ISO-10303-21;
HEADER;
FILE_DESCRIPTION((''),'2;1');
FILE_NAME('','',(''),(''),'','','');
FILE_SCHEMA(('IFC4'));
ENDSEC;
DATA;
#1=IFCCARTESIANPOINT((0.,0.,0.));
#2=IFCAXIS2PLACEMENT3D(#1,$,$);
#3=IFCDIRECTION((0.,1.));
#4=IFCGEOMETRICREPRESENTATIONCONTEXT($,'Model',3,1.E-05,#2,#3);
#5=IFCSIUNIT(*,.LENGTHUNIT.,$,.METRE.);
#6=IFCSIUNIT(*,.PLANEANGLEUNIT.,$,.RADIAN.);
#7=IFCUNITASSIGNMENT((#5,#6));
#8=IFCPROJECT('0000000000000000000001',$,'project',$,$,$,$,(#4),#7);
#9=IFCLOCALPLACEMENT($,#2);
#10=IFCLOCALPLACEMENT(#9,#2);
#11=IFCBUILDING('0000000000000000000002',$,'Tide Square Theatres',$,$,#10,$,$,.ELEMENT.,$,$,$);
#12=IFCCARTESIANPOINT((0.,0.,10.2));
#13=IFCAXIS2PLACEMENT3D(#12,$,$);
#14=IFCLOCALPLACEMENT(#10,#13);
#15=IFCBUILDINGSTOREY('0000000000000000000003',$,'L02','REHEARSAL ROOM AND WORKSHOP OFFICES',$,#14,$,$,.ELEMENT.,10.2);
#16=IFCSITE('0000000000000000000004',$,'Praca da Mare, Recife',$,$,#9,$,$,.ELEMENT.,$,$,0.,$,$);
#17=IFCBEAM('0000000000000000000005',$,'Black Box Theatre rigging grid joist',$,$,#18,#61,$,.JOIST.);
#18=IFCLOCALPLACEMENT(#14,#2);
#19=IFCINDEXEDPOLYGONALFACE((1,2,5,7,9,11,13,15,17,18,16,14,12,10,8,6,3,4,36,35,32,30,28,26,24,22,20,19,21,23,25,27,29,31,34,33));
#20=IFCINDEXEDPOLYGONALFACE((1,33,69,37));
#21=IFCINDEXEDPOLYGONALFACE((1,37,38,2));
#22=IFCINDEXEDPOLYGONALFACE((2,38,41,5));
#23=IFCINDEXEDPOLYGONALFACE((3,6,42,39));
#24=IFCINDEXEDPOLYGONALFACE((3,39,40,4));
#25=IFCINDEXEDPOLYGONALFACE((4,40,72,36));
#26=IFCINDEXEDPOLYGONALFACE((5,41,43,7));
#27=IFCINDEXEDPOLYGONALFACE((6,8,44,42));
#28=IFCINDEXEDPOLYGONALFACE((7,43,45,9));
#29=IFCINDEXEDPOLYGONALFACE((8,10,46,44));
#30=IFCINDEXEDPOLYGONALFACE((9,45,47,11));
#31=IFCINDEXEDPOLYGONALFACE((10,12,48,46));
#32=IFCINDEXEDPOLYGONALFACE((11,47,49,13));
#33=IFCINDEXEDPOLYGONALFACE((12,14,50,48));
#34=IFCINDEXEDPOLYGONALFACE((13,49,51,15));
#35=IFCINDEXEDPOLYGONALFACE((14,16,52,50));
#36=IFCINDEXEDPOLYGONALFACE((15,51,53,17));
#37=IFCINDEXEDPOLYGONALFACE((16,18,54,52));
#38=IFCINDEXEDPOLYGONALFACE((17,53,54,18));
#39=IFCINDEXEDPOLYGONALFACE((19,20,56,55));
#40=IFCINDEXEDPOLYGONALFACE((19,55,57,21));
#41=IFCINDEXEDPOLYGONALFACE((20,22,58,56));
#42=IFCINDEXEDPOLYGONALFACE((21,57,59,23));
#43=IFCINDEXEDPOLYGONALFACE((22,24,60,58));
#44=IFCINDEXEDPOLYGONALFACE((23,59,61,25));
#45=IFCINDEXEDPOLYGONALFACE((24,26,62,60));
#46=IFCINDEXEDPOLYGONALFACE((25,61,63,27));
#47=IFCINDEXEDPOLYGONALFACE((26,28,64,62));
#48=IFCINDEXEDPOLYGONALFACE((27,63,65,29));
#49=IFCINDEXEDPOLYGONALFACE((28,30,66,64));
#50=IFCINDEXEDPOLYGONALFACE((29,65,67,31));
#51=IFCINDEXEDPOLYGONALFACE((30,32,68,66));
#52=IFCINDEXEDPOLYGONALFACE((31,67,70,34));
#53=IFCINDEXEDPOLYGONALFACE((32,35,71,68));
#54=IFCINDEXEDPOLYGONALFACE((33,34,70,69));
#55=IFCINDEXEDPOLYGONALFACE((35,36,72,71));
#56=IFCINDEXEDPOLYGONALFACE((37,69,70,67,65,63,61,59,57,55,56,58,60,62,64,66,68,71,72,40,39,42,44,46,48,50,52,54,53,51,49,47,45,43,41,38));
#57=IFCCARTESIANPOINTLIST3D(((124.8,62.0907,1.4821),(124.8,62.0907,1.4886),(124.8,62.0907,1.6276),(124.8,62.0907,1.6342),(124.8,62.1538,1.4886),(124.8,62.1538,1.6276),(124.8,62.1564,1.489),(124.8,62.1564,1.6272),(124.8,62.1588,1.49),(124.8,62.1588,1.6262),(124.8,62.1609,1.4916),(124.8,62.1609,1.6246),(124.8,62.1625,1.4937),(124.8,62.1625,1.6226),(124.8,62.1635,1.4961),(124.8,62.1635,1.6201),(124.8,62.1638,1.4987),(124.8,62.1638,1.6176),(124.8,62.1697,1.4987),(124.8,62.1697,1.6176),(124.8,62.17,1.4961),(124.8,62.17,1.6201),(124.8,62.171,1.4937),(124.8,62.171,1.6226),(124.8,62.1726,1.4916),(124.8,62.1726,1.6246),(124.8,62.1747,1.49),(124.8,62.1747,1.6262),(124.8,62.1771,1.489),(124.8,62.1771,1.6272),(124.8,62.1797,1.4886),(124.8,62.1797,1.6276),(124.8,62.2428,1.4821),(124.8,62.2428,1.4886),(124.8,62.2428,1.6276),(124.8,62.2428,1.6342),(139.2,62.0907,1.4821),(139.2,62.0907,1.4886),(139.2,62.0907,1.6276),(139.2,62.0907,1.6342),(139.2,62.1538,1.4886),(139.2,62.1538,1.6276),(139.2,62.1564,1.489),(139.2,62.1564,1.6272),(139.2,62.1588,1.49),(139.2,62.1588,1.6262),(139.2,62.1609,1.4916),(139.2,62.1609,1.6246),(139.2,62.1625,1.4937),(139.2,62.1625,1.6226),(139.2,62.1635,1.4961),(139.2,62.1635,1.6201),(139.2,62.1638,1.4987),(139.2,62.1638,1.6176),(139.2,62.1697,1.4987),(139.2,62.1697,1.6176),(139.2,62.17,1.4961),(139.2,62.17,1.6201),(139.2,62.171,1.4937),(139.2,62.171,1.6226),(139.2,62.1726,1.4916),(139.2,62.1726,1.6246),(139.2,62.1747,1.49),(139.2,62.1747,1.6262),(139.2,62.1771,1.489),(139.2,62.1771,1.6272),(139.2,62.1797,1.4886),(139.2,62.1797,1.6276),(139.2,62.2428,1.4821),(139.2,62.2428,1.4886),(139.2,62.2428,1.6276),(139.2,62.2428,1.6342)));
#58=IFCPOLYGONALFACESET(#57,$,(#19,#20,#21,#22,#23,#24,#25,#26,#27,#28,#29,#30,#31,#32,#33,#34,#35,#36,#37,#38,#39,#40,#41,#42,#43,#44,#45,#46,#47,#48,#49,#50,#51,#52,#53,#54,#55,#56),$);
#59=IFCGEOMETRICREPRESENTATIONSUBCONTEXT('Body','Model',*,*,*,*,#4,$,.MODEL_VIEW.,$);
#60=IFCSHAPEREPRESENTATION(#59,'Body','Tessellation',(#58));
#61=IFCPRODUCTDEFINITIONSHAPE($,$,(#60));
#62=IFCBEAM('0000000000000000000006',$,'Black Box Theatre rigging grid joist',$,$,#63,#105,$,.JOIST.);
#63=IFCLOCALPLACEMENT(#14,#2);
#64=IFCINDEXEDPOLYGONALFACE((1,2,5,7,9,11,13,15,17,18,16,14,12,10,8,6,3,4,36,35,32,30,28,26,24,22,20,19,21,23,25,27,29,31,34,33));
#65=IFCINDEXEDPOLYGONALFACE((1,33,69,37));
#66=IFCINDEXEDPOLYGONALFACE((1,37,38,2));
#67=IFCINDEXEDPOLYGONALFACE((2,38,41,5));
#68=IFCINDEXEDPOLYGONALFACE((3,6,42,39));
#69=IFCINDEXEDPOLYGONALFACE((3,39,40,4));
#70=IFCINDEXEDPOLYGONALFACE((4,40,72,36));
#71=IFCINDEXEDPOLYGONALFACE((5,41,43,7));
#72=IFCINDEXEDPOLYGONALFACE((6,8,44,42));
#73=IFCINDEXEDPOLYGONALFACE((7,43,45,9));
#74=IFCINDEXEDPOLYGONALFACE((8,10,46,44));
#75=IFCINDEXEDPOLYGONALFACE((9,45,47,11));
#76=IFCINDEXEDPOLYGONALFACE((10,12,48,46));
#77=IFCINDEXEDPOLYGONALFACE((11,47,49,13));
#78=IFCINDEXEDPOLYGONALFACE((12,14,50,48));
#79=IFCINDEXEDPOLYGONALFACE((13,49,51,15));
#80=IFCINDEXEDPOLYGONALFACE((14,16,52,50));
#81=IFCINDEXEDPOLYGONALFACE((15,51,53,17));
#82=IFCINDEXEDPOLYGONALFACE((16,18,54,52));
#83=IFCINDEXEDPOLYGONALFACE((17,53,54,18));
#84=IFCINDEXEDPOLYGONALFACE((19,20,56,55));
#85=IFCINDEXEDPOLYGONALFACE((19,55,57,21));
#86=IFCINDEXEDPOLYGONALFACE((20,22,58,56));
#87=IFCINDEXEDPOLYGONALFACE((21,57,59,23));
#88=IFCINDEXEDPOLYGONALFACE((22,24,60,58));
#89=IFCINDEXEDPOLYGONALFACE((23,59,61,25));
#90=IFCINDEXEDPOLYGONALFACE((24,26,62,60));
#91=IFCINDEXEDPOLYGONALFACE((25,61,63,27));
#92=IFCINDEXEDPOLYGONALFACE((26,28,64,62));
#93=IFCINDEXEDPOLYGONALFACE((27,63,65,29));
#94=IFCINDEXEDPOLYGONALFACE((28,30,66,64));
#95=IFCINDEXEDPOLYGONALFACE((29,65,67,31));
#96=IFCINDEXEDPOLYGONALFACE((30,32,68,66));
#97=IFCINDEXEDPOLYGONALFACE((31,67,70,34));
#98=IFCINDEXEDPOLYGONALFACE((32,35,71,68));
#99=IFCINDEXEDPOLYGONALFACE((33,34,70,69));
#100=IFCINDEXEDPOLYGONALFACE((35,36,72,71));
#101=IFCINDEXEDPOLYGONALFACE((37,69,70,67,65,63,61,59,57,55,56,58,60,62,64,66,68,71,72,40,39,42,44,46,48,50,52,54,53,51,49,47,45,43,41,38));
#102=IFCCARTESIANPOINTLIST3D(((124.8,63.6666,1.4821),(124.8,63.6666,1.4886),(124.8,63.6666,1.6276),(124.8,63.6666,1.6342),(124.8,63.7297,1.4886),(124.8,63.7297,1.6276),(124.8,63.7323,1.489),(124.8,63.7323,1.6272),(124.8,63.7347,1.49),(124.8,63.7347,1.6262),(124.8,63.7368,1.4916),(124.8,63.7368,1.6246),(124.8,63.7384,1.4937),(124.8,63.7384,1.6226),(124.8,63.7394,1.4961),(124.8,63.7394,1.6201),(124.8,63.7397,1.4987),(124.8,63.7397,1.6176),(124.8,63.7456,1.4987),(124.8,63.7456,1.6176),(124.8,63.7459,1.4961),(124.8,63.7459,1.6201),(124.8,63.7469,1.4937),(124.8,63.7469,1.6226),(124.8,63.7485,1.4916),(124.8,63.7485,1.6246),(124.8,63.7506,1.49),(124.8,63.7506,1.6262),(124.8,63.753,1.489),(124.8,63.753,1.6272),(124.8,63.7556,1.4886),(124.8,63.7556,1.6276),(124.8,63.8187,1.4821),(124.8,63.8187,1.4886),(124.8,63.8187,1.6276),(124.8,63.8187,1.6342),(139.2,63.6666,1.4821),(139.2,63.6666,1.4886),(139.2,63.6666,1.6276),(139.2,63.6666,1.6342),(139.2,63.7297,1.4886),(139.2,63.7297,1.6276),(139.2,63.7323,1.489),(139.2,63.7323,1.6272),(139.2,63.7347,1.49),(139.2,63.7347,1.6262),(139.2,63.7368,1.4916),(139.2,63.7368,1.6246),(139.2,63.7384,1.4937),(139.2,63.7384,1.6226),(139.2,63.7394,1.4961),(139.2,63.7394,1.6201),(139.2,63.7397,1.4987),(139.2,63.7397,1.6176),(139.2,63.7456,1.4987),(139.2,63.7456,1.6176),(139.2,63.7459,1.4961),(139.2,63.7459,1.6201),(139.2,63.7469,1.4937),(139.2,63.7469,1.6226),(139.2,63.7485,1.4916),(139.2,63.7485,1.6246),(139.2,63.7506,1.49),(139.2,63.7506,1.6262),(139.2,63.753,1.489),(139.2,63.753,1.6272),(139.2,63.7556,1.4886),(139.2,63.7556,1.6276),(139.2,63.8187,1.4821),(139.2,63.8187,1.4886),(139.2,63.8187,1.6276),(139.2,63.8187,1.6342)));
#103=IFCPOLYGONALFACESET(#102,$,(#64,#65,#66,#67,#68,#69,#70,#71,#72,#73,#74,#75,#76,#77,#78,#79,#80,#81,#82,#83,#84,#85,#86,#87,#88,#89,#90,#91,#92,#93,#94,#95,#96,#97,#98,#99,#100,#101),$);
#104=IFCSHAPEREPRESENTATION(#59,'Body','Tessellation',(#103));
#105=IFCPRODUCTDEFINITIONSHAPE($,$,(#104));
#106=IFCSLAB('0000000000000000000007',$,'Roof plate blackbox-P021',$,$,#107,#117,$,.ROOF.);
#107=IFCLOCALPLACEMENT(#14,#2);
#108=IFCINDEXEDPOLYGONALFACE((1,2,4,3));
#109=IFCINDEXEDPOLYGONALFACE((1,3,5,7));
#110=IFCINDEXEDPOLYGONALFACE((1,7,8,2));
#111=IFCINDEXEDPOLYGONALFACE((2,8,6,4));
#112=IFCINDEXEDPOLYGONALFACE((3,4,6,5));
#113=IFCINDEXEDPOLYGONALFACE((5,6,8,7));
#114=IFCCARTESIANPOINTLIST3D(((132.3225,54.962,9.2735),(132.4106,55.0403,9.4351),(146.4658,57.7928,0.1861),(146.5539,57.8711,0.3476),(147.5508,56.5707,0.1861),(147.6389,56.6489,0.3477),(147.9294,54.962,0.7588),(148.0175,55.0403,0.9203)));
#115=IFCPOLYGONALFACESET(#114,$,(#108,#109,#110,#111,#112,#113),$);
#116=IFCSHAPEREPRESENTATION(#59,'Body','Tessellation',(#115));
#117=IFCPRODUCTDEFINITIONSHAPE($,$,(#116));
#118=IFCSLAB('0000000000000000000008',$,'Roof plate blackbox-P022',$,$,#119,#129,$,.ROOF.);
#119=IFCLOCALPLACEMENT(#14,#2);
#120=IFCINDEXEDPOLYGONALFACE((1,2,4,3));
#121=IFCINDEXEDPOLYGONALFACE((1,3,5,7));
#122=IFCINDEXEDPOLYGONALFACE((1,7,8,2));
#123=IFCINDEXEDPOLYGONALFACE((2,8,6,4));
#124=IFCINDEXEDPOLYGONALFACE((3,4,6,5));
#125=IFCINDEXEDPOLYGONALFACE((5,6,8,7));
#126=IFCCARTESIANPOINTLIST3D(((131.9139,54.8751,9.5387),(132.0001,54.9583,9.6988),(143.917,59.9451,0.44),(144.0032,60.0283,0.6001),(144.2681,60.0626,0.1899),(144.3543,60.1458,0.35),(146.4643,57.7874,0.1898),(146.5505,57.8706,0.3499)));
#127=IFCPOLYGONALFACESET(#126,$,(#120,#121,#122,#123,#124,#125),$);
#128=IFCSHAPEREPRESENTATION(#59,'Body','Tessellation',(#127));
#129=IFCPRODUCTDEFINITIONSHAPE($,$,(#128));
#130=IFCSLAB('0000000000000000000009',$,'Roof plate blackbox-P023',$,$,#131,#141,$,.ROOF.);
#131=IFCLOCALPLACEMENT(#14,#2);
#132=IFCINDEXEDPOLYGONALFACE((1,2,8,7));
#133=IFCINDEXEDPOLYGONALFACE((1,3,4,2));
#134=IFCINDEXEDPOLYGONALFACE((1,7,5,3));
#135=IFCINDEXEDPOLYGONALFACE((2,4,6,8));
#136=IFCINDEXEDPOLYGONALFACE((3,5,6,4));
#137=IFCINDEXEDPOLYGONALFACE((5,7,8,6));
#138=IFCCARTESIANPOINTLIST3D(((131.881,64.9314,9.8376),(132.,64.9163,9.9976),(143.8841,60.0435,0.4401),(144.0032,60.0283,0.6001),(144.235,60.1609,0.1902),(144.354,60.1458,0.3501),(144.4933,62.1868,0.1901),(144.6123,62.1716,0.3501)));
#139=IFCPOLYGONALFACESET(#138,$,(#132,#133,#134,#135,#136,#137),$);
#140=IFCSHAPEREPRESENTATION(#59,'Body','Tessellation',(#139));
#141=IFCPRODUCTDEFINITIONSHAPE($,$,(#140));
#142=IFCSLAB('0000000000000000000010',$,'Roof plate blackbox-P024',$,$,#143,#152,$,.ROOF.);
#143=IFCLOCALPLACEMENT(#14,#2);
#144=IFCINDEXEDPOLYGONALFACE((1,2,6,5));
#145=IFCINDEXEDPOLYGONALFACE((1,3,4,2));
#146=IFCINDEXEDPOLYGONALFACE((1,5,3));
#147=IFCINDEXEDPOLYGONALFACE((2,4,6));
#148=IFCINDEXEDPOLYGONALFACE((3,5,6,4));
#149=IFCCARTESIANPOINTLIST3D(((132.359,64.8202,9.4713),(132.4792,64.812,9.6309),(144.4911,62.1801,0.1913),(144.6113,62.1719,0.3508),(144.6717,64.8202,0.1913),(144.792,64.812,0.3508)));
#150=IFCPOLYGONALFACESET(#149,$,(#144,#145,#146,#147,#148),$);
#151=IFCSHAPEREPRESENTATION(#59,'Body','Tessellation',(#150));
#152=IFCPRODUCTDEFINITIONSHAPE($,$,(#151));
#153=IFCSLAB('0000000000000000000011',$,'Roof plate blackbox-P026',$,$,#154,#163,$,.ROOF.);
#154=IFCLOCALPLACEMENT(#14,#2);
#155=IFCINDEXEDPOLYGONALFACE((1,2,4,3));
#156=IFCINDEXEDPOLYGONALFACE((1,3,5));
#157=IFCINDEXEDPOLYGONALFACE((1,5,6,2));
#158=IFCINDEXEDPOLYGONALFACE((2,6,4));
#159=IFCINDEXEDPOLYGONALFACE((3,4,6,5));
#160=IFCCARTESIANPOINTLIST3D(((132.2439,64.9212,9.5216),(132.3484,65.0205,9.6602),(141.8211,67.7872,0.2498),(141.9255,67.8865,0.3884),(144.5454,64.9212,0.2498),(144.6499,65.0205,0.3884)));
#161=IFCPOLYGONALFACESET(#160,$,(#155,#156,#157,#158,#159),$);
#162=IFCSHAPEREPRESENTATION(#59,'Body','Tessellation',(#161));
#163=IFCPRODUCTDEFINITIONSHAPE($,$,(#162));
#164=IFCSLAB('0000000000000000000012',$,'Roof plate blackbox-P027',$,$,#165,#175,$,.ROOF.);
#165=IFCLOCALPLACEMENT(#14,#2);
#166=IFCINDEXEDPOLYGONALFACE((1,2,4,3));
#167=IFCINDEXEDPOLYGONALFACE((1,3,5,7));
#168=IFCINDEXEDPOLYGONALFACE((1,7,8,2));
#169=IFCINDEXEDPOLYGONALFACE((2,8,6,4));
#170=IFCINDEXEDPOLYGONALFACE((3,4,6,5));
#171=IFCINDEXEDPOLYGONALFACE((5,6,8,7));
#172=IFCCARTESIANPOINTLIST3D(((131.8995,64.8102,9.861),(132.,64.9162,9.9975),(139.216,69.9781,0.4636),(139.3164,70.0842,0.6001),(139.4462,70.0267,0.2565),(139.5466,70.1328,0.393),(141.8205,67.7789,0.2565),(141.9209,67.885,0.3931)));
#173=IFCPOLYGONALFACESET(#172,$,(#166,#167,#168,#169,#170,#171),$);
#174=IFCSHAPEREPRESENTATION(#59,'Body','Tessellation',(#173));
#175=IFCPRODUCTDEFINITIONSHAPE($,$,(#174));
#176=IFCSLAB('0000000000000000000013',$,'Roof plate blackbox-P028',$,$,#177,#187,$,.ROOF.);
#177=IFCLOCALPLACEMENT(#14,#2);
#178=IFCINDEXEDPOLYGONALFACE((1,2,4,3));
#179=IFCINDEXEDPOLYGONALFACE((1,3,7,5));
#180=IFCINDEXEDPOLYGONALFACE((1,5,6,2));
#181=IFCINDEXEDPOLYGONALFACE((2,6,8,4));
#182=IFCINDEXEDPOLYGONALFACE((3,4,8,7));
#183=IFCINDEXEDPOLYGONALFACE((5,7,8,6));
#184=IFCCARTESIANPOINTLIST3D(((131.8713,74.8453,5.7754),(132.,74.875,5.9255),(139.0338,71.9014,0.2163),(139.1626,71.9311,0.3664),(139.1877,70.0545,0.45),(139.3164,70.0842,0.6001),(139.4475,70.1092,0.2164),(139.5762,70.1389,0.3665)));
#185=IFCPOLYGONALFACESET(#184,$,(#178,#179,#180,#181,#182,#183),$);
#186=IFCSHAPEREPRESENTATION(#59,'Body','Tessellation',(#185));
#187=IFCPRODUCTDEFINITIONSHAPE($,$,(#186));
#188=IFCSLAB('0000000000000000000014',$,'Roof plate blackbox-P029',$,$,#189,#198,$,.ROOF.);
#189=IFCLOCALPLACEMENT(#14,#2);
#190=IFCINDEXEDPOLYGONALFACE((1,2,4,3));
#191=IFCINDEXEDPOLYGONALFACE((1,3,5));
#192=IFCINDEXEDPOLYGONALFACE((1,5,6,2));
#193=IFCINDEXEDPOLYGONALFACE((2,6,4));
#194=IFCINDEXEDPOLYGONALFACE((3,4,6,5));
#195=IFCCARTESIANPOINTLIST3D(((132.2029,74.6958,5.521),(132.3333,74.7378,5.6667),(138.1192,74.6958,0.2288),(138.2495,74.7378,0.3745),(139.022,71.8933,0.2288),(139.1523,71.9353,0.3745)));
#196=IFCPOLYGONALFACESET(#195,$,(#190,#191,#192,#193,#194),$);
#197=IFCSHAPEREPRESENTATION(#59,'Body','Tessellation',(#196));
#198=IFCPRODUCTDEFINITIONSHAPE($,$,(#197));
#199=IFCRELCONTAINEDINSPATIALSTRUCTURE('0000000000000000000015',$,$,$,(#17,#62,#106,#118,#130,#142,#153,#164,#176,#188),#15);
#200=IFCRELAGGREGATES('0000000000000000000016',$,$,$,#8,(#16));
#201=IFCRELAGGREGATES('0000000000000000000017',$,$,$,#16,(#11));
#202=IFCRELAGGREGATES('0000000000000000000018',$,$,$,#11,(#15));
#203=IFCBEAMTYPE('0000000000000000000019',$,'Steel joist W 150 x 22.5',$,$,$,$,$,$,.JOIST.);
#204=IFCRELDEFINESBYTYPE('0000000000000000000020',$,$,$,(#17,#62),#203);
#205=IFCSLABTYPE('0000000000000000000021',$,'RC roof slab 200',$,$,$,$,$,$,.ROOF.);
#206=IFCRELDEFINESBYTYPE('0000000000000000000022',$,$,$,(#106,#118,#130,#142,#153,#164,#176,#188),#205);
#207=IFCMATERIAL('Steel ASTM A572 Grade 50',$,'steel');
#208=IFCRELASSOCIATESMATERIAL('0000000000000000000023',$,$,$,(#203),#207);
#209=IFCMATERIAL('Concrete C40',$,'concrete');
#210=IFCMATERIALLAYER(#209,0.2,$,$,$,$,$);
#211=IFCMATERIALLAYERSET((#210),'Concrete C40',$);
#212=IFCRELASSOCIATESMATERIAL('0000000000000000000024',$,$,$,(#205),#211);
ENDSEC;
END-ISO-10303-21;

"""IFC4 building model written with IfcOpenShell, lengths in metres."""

from ifc_helpers import new_model, si_unit, direction, frame, origin, origin_2d, place, context, subcontext, project, spatial, polyline, i_section, outline, extrude, material, layer, layer_set, material_profile, profile_set, type_object, element, save


model = new_model("IFC4")

# Units and contexts
model_context = context("Model", 3, precision=1e-05, world=origin(), true_north=direction((0.0, 1.0)))
body_context = subcontext(model_context, "Body", "Model", "MODEL_VIEW")
ifc_project = project(units=[si_unit("LENGTHUNIT", "METRE"), si_unit("PLANEANGLEUNIT", "RADIAN")], contexts=[model_context])

# Site, building, storey
site_placement = place(None, origin())
site = spatial("IfcSite", under=ifc_project, at=site_placement, Name="Praca da Mare, Recife", CompositionType="ELEMENT", RefElevation=0.0)
building_placement = place(site_placement, origin())
building = spatial("IfcBuilding", under=site, at=building_placement, Name="Tide Square Theatres", CompositionType="ELEMENT")
storey_placement = place(building_placement, frame((0.0, 0.0, 10.2)))
storey = spatial("IfcBuildingStorey", under=building, at=storey_placement, Name="L02", Description="REHEARSAL ROOM AND WORKSHOP OFFICES", CompositionType="ELEMENT", Elevation=10.2)

# Beams
ifc_material_1 = material(Name="Steel ASTM A572 Grade 50", Category="steel")
ifc_material_profile_1 = material_profile(ifc_material_1, i_section(OverallWidth=0.1521, OverallDepth=0.1521, WebThickness=0.0059, FlangeThickness=0.0066, FilletRadius=0.01, at=origin_2d()))
ifc_profile_set_1 = profile_set([ifc_material_profile_1], Name="Steel ASTM A572 Grade 50")
beam_type_1 = type_object("IfcBeamType", Name="Steel joist W 150 x 22.5", PredefinedType="JOIST", material=ifc_profile_set_1)
for number, where, z_axis, x_axis, name in (
    (1, (139.2, 62.1667, 1.5581), (-1.0, 0.0, 0.0), (0.0, -1.0, 0.0), "Black Box Theatre rigging grid joist"),
    (2, (139.2, 63.7427, 1.5581), (-1.0, 0.0, 0.0), (0.0, -1.0, 0.0), "Black Box Theatre rigging grid joist"),
):
    element("IfcBeam", number, at=place(storey_placement, frame(where, z_axis=z_axis, x_axis=x_axis)), inside=storey, type_object=beam_type_1, Name=name, PredefinedType="JOIST", context=body_context, shape_type="SweptSolid", body=[
        extrude(i_section(OverallWidth=0.1521, OverallDepth=0.1521, WebThickness=0.0059, FlangeThickness=0.0066, FilletRadius=0.01, at=origin_2d()), origin(), (0.0, 0.0, 1.0), 14.3999),
    ])

# Slabs
ifc_material_2 = material(Name="Concrete C40", Category="concrete")
ifc_layer_1 = layer(ifc_material_2, 0.2)
ifc_layer_set_1 = layer_set([ifc_layer_1], Name="Concrete C40")
slab_type = type_object("IfcSlabType", Name="RC roof slab 200", PredefinedType="ROOF", material=ifc_layer_set_1)
slab_1_placement = place(storey_placement, frame((147.6389, 56.6489, 0.3477), z_axis=(0.440739, 0.391327, 0.807844), x_axis=(-0.663904, 0.747818, -0.000041)))
element("IfcSlab", 3, at=slab_1_placement, inside=storey, type_object=slab_type, Name="Roof plate blackbox-P021", PredefinedType="ROOF", context=body_context, shape_type="SweptSolid", body=[
    extrude(outline(polyline([(0.0, 0.0), (1.6343, 0.0), (8.9068, 15.4188), (-1.4544, 0.9716), (0.0, 0.0)])), origin(), (0.0, 0.0, -1.0), 0.2),
])
slab_2_placement = place(storey_placement, frame((144.0032, 60.0283, 0.6001), z_axis=(0.431121, 0.416122, 0.80061), x_axis=(-0.755276, -0.319022, 0.572523)))
element("IfcSlab", 4, at=slab_2_placement, inside=storey, type_object=slab_type, Name="Roof plate blackbox-P022", PredefinedType="ROOF", context=body_context, shape_type="SweptSolid", body=[
    extrude(outline(polyline([(0.0, 0.0), (15.8924, 0.0), (-1.3789, 3.0506), (-0.4459, 0.0291), (0.0, 0.0)])), origin(), (0.0, 0.0, -1.0), 0.2),
])
slab_3_placement = place(storey_placement, frame((144.354, 60.1458, 0.3501), z_axis=(0.595337, -0.075895, 0.799884), x_axis=(0.12647, 0.99197, -0.000008)))
element("IfcSlab", 5, at=slab_3_placement, inside=storey, type_object=slab_type, Name="Roof plate blackbox-P023", PredefinedType="ROOF", context=body_context, shape_type="SweptSolid", body=[
    extrude(outline(polyline([(0.0, 0.0), (2.0423, 0.0), (3.1697, 16.075), (-0.1609, 0.4165), (0.0, 0.0)])), origin(), (0.0, 0.0, -1.0), 0.2),
])
slab_4_placement = place(storey_placement, frame((144.6113, 62.1719, 0.3508), z_axis=(0.601376, -0.041152, 0.797906), x_axis=(0.06827, 0.997667, 0.0)))
element("IfcSlab", 6, at=slab_4_placement, inside=storey, type_object=slab_type, Name="Roof plate blackbox-P024", PredefinedType="ROOF", context=body_context, shape_type="SweptSolid", body=[
    extrude(outline(polyline([(0.0, 0.0), (2.6463, 0.0), (1.8057, 15.3953), (0.0, 0.0)])), origin(), (0.0, 0.0, -1.0), 0.2),
])
slab_5_placement = place(storey_placement, frame((144.6499, 65.0205, 0.3884), z_axis=(0.522426, 0.496614, 0.693142), x_axis=(-0.688975, 0.724785, 0.0)))
element("IfcSlab", 7, at=slab_5_placement, inside=storey, type_object=slab_type, Name="Roof plate blackbox-P026", PredefinedType="ROOF", context=body_context, shape_type="SweptSolid", body=[
    extrude(outline(polyline([(0.0, 0.0), (3.9542, 0.0), (8.4754, 12.8631), (0.0, 0.0)])), origin(), (0.0, 0.0, -1.0), 0.2),
])
slab_6_placement = place(storey_placement, frame((139.3164, 70.0842, 0.6001), z_axis=(0.502272, 0.530551, 0.682817), x_axis=(-0.563553, -0.398068, 0.723844)))
element("IfcSlab", 8, at=slab_6_placement, inside=storey, type_object=slab_type, Name="Roof plate blackbox-P027", PredefinedType="ROOF", context=body_context, shape_type="SweptSolid", body=[
    extrude(outline(polyline([(0.0, 0.0), (12.9827, 0.0), (-0.7422, 3.3335), (-0.2989, 0.0941), (0.0, 0.0)])), origin(), (0.0, 0.0, -1.0), 0.2),
])
slab_7_placement = place(storey_placement, frame((139.5762, 70.1389, 0.3665), z_axis=(0.643714, 0.148574, 0.750705), x_axis=(-0.22487, 0.974389, -0.000023)))
element("IfcSlab", 9, at=slab_7_placement, inside=storey, type_object=slab_type, Name="Roof plate blackbox-P028", PredefinedType="ROOF", context=body_context, shape_type="SweptSolid", body=[
    extrude(outline(polyline([(0.0, 0.0), (1.8393, 0.0), (6.3183, 8.4149), (0.0051, 0.3536), (0.0, 0.0)])), origin(), (0.0, 0.0, -1.0), 0.2),
])
slab_8_placement = place(storey_placement, frame((139.1523, 71.9353, 0.3745), z_axis=(0.651841, 0.209993, 0.728702), x_axis=(-0.306635, 0.951827, 0.0)))
element("IfcSlab", 10, at=slab_8_placement, inside=storey, type_object=slab_type, Name="Roof plate blackbox-P029", PredefinedType="ROOF", context=body_context, shape_type="SweptSolid", body=[
    extrude(outline(polyline([(0.0, 0.0), (2.9443, 0.0), (4.7585, 7.7278), (0.0, 0.0)])), origin(), (0.0, 0.0, -1.0), 0.2),
])

save(model, "model.ifc")
